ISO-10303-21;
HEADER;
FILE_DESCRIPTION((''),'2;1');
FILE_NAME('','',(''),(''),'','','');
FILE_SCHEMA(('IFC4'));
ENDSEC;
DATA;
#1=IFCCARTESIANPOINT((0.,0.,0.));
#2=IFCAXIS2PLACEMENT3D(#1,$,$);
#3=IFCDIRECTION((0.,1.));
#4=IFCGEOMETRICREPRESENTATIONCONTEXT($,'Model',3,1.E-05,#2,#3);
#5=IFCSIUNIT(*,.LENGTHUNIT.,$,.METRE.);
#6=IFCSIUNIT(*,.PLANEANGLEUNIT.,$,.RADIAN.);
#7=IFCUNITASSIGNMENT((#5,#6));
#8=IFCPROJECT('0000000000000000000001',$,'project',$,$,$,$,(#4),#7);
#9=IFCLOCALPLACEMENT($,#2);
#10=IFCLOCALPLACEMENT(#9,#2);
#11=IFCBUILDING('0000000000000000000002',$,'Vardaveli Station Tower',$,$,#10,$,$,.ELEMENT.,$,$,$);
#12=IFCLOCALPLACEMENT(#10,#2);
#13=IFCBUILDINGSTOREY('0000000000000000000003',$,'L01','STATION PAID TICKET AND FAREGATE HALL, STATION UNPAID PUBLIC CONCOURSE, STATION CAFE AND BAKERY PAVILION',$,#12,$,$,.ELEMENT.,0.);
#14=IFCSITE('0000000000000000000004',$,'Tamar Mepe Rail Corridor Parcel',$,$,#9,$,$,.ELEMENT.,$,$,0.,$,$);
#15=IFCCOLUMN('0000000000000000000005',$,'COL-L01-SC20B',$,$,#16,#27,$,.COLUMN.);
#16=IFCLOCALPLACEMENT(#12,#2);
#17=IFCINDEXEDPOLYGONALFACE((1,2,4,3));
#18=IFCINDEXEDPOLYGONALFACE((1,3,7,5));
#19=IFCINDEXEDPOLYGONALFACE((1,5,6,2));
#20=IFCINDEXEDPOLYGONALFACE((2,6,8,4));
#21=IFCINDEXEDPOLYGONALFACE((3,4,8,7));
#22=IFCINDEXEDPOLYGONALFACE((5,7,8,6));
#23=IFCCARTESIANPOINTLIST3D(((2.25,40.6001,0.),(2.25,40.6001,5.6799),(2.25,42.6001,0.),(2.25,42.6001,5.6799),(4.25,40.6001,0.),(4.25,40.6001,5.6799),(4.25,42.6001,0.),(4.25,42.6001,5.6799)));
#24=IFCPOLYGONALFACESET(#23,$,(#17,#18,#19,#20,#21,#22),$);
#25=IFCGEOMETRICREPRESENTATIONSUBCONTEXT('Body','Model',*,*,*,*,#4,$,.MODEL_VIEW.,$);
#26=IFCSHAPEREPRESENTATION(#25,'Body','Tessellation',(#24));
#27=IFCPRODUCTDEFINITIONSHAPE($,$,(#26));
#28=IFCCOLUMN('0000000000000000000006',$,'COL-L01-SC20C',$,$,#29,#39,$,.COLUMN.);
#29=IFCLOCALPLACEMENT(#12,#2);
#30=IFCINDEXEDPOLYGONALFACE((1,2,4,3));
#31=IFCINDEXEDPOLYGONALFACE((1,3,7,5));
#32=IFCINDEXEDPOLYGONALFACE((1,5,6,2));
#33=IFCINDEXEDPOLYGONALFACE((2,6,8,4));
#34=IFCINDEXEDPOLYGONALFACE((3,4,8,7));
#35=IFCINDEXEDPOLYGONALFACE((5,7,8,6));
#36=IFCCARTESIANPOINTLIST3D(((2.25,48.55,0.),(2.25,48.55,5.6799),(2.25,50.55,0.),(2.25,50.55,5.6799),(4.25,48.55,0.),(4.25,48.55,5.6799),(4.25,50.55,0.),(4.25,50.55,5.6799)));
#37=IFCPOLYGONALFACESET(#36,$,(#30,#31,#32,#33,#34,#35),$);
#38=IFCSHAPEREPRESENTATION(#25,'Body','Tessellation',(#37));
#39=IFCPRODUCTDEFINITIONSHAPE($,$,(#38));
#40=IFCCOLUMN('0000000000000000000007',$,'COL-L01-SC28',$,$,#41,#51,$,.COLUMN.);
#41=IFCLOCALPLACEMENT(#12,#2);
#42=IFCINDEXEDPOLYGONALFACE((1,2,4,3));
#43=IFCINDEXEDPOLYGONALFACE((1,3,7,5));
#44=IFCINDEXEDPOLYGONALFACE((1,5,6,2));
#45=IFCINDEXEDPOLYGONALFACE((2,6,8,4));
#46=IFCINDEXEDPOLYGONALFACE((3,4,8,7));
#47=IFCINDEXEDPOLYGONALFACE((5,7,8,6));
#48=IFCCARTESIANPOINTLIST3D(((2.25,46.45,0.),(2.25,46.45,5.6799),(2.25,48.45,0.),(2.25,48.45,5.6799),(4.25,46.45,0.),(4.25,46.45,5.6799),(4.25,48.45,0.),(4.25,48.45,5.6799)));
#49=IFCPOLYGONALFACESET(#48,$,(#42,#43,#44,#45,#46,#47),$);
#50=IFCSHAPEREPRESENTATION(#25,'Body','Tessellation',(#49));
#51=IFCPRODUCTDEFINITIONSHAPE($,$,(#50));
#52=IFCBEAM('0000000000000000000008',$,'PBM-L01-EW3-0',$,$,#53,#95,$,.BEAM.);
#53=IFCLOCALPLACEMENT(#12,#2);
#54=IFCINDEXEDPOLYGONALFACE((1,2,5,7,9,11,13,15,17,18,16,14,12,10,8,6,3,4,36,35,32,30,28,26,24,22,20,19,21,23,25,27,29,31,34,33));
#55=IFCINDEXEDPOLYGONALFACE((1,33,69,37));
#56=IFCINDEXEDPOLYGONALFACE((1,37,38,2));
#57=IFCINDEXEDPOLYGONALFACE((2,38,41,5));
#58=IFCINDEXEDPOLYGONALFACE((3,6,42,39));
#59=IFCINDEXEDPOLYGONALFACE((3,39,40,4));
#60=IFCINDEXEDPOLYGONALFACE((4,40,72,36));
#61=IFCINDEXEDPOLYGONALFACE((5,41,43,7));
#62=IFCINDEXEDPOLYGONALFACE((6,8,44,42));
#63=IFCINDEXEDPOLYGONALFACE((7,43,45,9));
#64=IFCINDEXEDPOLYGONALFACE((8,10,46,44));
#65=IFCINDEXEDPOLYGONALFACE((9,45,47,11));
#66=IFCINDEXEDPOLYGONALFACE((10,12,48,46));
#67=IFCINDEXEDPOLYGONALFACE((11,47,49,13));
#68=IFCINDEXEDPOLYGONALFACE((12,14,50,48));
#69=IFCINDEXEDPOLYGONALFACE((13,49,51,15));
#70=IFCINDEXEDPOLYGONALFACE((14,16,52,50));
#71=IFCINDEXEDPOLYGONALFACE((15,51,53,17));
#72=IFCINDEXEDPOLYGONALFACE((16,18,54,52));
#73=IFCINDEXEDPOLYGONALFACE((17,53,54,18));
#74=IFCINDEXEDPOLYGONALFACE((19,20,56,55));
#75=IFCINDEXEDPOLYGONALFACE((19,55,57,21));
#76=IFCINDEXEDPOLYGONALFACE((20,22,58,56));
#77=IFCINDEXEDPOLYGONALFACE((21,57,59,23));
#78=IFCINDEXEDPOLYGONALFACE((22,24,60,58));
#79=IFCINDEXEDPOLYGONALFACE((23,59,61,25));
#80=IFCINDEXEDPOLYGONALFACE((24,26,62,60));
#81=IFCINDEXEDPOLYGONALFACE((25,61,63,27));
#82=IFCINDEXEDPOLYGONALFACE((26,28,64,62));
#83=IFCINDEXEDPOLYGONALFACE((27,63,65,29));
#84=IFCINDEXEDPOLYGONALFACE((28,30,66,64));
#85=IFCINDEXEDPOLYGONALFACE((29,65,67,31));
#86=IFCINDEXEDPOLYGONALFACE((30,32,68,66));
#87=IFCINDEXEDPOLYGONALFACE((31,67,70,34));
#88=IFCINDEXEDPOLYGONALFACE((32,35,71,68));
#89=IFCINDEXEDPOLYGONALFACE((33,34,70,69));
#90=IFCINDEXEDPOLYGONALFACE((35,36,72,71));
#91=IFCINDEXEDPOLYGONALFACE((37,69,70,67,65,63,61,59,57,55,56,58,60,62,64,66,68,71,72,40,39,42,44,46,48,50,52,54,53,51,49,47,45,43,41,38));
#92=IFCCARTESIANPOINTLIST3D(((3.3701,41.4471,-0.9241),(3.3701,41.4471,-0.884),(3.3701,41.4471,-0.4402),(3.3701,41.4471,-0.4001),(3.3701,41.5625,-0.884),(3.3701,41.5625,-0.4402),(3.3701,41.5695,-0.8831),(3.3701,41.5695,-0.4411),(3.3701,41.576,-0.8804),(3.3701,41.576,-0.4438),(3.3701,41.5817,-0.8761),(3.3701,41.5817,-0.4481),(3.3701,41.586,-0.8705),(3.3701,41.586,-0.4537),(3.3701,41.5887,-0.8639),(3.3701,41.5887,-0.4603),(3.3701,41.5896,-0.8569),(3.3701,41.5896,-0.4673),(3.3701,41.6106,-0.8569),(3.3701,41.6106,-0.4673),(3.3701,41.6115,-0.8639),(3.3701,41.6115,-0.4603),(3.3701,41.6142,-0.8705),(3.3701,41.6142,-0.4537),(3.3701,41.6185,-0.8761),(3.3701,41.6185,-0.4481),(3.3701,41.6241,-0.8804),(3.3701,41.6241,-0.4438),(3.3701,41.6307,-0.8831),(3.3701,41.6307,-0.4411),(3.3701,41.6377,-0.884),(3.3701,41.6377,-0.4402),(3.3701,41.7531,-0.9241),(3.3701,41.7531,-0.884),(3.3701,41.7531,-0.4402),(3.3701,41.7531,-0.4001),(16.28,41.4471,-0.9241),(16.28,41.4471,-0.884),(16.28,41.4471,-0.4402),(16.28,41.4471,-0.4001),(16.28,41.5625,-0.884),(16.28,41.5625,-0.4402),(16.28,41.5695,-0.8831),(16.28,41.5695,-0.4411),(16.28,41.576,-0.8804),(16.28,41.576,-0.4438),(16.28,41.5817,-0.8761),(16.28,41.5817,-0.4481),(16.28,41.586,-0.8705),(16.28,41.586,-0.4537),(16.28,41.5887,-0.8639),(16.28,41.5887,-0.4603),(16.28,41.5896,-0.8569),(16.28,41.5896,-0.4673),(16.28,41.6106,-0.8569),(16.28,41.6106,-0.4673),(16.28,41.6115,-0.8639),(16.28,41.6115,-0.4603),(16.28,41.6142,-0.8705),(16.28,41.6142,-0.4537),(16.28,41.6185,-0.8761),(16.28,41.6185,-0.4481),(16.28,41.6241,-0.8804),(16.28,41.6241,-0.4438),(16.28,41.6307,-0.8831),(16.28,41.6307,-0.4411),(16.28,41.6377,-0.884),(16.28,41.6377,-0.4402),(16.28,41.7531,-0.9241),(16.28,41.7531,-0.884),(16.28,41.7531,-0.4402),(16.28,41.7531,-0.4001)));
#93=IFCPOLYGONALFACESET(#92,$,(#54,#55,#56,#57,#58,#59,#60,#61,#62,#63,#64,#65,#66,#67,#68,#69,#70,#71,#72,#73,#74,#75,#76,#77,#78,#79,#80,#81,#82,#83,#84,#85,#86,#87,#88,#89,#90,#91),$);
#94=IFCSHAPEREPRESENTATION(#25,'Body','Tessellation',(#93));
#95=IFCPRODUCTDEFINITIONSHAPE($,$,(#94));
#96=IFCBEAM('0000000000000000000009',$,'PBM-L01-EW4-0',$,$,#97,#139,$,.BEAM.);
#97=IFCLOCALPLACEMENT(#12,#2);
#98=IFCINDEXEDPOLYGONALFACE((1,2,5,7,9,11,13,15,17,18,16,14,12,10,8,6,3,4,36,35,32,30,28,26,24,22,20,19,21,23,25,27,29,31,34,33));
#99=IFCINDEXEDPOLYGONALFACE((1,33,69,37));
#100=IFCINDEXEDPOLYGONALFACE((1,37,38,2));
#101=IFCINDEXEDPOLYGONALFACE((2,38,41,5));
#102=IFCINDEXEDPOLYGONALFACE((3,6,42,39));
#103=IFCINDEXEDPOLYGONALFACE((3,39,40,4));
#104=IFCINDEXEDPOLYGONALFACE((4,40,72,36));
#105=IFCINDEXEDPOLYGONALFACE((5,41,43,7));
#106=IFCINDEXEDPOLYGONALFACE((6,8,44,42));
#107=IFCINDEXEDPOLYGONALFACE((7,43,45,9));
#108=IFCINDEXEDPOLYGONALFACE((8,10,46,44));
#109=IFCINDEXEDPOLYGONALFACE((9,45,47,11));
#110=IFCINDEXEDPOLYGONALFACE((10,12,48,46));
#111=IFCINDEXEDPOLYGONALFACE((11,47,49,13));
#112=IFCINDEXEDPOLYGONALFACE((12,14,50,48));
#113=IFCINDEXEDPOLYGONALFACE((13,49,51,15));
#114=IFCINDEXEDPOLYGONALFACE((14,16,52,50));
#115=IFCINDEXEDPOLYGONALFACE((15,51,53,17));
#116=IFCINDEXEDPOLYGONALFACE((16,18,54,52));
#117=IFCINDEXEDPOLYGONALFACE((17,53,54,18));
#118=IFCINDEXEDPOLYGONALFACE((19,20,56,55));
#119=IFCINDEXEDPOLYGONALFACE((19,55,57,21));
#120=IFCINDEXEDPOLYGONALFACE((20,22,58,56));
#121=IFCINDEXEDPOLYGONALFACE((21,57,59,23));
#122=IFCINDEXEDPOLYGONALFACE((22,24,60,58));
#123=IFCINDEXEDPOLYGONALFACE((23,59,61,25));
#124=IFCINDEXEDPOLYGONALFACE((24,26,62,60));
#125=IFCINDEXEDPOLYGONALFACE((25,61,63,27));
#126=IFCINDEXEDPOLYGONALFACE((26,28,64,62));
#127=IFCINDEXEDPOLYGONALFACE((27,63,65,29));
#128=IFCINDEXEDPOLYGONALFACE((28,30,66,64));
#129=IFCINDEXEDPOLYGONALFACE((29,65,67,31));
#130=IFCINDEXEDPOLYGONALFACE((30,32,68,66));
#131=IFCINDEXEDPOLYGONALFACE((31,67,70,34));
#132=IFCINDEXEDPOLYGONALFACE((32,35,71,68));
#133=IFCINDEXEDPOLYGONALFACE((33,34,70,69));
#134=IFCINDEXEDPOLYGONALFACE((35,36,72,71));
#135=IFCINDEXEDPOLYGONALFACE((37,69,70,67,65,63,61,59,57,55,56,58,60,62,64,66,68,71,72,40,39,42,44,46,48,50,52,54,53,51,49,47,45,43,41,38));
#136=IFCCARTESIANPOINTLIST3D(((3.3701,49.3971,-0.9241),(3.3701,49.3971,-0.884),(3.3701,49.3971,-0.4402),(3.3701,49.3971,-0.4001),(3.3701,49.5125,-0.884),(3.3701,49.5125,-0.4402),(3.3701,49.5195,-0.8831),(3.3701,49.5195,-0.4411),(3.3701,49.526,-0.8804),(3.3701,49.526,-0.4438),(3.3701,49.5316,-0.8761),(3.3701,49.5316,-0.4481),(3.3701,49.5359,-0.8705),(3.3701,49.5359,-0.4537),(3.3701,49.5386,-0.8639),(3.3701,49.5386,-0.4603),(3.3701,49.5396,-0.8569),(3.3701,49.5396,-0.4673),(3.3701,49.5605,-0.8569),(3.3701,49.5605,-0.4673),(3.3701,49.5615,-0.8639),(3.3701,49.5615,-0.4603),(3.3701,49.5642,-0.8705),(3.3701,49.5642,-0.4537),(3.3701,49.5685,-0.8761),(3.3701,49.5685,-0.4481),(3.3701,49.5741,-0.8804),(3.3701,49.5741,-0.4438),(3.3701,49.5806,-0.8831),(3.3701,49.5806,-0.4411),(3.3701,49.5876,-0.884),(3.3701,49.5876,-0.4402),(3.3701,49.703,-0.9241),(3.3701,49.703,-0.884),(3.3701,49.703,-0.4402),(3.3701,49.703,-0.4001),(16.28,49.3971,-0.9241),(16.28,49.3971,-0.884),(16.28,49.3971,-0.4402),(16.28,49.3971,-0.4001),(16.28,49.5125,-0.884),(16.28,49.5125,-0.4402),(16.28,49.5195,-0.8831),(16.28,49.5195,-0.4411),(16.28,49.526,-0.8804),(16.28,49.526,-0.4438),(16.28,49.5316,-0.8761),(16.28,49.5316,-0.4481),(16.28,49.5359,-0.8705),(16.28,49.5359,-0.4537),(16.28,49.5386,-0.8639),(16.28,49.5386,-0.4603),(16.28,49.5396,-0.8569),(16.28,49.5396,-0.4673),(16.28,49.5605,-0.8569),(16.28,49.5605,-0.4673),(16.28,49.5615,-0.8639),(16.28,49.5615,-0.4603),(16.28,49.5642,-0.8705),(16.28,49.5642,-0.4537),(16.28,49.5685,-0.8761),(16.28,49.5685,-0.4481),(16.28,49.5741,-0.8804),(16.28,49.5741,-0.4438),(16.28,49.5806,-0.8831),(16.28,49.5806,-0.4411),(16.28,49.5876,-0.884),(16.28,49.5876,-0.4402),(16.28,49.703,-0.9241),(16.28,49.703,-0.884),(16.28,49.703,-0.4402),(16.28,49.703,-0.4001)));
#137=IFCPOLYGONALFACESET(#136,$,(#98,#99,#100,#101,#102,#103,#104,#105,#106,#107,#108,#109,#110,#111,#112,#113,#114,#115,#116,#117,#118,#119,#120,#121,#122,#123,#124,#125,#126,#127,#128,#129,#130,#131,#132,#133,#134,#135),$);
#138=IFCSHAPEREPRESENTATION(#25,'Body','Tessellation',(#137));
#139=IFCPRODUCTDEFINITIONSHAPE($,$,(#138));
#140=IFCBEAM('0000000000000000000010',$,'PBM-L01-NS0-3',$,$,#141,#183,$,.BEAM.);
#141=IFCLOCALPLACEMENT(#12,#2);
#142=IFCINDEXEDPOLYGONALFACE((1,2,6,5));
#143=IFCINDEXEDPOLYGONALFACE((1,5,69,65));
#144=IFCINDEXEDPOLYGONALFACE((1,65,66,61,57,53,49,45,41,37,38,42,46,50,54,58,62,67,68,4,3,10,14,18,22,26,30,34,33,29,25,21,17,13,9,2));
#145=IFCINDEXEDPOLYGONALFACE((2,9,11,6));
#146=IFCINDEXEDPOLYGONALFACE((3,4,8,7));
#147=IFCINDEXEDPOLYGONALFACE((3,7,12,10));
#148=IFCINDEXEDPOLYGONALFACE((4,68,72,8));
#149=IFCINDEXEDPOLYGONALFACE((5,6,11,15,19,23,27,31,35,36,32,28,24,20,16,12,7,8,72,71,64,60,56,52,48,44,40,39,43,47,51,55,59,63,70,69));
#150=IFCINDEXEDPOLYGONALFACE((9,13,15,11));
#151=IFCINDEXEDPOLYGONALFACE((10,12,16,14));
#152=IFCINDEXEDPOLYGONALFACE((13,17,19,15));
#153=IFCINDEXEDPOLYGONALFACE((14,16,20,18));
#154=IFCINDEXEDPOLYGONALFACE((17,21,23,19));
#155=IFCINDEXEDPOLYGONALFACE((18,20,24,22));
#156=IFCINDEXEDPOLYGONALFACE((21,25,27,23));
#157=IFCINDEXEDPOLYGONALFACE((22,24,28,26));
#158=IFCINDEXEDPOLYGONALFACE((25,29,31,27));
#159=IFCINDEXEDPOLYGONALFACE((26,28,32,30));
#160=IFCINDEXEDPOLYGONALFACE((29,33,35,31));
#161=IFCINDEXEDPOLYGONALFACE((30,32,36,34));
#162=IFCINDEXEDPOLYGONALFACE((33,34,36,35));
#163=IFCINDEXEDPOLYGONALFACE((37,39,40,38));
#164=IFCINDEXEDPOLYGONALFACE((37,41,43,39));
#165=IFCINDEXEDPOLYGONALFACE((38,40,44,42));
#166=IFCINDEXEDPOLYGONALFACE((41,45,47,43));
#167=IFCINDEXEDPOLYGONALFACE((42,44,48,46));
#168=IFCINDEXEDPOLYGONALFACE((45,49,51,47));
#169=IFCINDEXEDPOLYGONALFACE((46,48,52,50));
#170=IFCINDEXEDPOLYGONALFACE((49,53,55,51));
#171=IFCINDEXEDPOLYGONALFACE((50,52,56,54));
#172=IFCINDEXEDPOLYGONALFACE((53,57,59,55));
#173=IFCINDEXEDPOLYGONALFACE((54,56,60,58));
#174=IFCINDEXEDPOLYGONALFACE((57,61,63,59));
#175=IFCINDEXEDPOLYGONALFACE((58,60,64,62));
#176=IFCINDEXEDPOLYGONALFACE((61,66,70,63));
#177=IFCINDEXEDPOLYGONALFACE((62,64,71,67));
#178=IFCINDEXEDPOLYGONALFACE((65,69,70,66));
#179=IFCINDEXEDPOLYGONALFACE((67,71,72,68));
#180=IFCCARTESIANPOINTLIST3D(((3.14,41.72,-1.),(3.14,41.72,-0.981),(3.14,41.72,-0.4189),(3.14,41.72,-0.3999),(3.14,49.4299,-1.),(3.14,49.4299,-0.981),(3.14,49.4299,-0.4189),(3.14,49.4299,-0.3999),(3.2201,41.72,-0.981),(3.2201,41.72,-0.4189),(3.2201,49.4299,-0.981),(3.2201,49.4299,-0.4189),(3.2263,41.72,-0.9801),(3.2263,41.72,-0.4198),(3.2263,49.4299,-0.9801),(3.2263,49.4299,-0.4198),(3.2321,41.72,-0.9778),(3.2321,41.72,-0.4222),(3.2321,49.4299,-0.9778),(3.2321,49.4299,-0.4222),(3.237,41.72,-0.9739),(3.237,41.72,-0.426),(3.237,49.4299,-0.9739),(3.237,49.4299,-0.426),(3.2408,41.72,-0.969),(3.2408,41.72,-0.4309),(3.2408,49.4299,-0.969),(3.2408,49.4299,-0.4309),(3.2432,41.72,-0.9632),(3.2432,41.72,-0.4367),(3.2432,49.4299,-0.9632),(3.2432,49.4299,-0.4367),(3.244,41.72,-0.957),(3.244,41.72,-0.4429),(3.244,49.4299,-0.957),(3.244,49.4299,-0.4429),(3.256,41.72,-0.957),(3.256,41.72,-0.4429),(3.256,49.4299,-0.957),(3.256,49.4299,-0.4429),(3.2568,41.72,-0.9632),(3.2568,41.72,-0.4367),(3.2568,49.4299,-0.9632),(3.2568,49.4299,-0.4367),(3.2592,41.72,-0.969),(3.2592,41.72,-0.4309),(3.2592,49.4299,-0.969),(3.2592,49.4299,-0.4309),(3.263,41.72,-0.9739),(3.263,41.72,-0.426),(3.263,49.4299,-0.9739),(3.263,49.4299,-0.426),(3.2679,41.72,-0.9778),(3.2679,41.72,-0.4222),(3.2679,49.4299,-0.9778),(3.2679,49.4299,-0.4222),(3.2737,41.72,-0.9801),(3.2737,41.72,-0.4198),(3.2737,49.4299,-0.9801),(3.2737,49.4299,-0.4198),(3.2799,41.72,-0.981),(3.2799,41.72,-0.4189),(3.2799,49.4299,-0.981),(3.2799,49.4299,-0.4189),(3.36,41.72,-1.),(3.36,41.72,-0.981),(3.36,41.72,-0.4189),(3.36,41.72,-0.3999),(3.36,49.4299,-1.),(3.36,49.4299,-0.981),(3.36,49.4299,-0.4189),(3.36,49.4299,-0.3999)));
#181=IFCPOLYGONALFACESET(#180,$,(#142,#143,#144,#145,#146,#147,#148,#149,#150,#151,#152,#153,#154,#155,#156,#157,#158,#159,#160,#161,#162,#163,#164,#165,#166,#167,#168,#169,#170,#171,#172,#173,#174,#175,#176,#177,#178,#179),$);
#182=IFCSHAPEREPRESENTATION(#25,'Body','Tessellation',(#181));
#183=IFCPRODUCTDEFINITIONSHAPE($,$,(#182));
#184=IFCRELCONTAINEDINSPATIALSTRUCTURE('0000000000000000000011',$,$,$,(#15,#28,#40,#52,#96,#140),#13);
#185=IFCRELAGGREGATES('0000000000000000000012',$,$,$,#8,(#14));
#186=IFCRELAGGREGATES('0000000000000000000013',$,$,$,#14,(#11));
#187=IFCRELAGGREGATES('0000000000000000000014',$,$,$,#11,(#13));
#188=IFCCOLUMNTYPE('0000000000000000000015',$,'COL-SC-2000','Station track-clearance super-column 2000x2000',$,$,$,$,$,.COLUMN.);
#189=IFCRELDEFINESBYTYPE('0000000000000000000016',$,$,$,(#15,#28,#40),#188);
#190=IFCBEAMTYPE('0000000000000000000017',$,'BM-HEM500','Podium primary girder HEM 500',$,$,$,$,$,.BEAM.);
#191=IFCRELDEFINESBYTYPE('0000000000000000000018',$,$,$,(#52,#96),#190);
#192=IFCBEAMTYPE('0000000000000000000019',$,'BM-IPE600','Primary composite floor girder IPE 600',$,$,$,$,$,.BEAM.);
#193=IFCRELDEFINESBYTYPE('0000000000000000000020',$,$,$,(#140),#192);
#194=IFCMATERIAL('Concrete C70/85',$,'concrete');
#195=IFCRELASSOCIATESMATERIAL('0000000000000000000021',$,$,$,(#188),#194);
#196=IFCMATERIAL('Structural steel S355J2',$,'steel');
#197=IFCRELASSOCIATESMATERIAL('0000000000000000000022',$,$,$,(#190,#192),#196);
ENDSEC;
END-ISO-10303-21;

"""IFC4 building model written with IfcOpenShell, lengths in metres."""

from ifc_helpers import new_model, si_unit, direction, frame, origin, origin_2d, place, context, subcontext, project, spatial, rectangle, i_section, extrude, source, transform, mapped, material, material_profile, profile_set, type_object, element, save


model = new_model("IFC4")

# Units and contexts
model_context = context("Model", 3, precision=1e-05, world=origin(), true_north=direction((0.0, 1.0)))
body_context = subcontext(model_context, "Body", "Model", "MODEL_VIEW")
ifc_project = project(units=[si_unit("LENGTHUNIT", "METRE"), si_unit("PLANEANGLEUNIT", "RADIAN")], contexts=[model_context])

# Site, building, storey
site_placement = place(None, origin())
site = spatial("IfcSite", under=ifc_project, at=site_placement, Name="Tamar Mepe Rail Corridor Parcel", CompositionType="ELEMENT", RefElevation=0.0)
building_placement = place(site_placement, origin())
building = spatial("IfcBuilding", under=site, at=building_placement, Name="Vardaveli Station Tower", CompositionType="ELEMENT")
storey_placement = place(building_placement, origin())
storey = spatial("IfcBuildingStorey", under=building, at=storey_placement, Name="L01", Description="STATION PAID TICKET AND FAREGATE HALL, STATION UNPAID PUBLIC CONCOURSE, STATION CAFE AND BAKERY PAVILION", CompositionType="ELEMENT", Elevation=0.0)

# Columns
ifc_material_1 = material(Name="Concrete C70/85", Category="concrete")
ifc_material_profile_1 = material_profile(ifc_material_1, rectangle(XDim=2.0, YDim=2.0, at=origin_2d()), Name="SC 2000x2000")
ifc_profile_set_1 = profile_set([ifc_material_profile_1], Name="Concrete C70/85")
column_type = type_object("IfcColumnType", Name="COL-SC-2000", Description="Station track-clearance super-column 2000x2000", PredefinedType="COLUMN", material=ifc_profile_set_1)
shared_shape_1 = source(origin(), body_context, "Body", "SweptSolid", [
    extrude(rectangle(XDim=2.0, YDim=2.0, at=origin_2d()), origin(), (0.0, 0.0, 1.0), 5.6799),
])
for number, where, z_axis, x_axis, name in (
    (1, (3.25, 41.6001, 0.0), (0.0, 0.0, 1.0), (1.0, 0.0, 0.0), "COL-L01-SC20B"),
    (2, (3.25, 49.55, 0.0), (0.0, 0.0, 1.0), (1.0, 0.0, 0.0), "COL-L01-SC20C"),
    (3, (3.25, 47.45, 0.0), (0.0, 0.0, 1.0), (1.0, 0.0, 0.0), "COL-L01-SC28"),
):
    element("IfcColumn", number, at=place(storey_placement, frame(where, z_axis=z_axis, x_axis=x_axis)), inside=storey, type_object=column_type, Name=name, PredefinedType="COLUMN", context=body_context, shape_type="MappedRepresentation", body=[
        mapped(shared_shape_1, transform((0.0, 0.0, 0.0), scale=1.0)),
    ])

# Beams
ifc_material_2 = material(Name="Structural steel S355J2", Category="steel")
ifc_material_profile_2 = material_profile(ifc_material_2, i_section(OverallWidth=0.3059, OverallDepth=0.5239, WebThickness=0.021, FlangeThickness=0.04, FilletRadius=0.0271, at=origin_2d()), Name="HEM 500")
ifc_profile_set_2 = profile_set([ifc_material_profile_2], Name="Structural steel S355J2")
beam_type_1 = type_object("IfcBeamType", Name="BM-HEM500", Description="Podium primary girder HEM 500", PredefinedType="BEAM", material=ifc_profile_set_2)
shared_shape_2 = source(origin(), body_context, "Body", "SweptSolid", [
    extrude(i_section(OverallWidth=0.3059, OverallDepth=0.5239, WebThickness=0.021, FlangeThickness=0.04, FilletRadius=0.0271, at=origin_2d()), origin(), (0.0, 0.0, 1.0), 12.9099),
])
for number, where, z_axis, x_axis, name in (
    (4, (3.3701, 41.6001, -0.6621), (1.0, 0.0, 0.0), (0.0, 1.0, 0.0), "PBM-L01-EW3-0"),
    (5, (3.3701, 49.55, -0.6621), (1.0, 0.0, 0.0), (0.0, 1.0, 0.0), "PBM-L01-EW4-0"),
):
    element("IfcBeam", number, at=place(storey_placement, frame(where, z_axis=z_axis, x_axis=x_axis)), inside=storey, type_object=beam_type_1, Name=name, PredefinedType="BEAM", context=body_context, shape_type="MappedRepresentation", body=[
        mapped(shared_shape_2, transform((0.0, 0.0, 0.0), scale=1.0)),
    ])
ifc_material_profile_3 = material_profile(ifc_material_2, i_section(OverallWidth=0.22, OverallDepth=0.6001, WebThickness=0.012, FlangeThickness=0.019, FilletRadius=0.0239, at=origin_2d()), Name="IPE 600")
ifc_profile_set_3 = profile_set([ifc_material_profile_3], Name="Structural steel S355J2")
beam_type_2 = type_object("IfcBeamType", Name="BM-IPE600", Description="Primary composite floor girder IPE 600", PredefinedType="BEAM", material=ifc_profile_set_3)
shared_shape_3 = source(origin(), body_context, "Body", "SweptSolid", [
    extrude(i_section(OverallWidth=0.22, OverallDepth=0.6001, WebThickness=0.012, FlangeThickness=0.019, FilletRadius=0.0239, at=origin_2d()), origin(), (0.0, 0.0, 1.0), 7.71),
])
beam_1_placement = place(storey_placement, frame((3.25, 41.72, -0.7), z_axis=(0.0, 1.0, 0.0), x_axis=(-1.0, 0.0, 0.0)))
element("IfcBeam", 6, at=beam_1_placement, inside=storey, type_object=beam_type_2, Name="PBM-L01-NS0-3", PredefinedType="BEAM", context=body_context, shape_type="MappedRepresentation", body=[
    mapped(shared_shape_3, transform((0.0, 0.0, 0.0), scale=1.0)),
])

save(model, "model.ifc")
